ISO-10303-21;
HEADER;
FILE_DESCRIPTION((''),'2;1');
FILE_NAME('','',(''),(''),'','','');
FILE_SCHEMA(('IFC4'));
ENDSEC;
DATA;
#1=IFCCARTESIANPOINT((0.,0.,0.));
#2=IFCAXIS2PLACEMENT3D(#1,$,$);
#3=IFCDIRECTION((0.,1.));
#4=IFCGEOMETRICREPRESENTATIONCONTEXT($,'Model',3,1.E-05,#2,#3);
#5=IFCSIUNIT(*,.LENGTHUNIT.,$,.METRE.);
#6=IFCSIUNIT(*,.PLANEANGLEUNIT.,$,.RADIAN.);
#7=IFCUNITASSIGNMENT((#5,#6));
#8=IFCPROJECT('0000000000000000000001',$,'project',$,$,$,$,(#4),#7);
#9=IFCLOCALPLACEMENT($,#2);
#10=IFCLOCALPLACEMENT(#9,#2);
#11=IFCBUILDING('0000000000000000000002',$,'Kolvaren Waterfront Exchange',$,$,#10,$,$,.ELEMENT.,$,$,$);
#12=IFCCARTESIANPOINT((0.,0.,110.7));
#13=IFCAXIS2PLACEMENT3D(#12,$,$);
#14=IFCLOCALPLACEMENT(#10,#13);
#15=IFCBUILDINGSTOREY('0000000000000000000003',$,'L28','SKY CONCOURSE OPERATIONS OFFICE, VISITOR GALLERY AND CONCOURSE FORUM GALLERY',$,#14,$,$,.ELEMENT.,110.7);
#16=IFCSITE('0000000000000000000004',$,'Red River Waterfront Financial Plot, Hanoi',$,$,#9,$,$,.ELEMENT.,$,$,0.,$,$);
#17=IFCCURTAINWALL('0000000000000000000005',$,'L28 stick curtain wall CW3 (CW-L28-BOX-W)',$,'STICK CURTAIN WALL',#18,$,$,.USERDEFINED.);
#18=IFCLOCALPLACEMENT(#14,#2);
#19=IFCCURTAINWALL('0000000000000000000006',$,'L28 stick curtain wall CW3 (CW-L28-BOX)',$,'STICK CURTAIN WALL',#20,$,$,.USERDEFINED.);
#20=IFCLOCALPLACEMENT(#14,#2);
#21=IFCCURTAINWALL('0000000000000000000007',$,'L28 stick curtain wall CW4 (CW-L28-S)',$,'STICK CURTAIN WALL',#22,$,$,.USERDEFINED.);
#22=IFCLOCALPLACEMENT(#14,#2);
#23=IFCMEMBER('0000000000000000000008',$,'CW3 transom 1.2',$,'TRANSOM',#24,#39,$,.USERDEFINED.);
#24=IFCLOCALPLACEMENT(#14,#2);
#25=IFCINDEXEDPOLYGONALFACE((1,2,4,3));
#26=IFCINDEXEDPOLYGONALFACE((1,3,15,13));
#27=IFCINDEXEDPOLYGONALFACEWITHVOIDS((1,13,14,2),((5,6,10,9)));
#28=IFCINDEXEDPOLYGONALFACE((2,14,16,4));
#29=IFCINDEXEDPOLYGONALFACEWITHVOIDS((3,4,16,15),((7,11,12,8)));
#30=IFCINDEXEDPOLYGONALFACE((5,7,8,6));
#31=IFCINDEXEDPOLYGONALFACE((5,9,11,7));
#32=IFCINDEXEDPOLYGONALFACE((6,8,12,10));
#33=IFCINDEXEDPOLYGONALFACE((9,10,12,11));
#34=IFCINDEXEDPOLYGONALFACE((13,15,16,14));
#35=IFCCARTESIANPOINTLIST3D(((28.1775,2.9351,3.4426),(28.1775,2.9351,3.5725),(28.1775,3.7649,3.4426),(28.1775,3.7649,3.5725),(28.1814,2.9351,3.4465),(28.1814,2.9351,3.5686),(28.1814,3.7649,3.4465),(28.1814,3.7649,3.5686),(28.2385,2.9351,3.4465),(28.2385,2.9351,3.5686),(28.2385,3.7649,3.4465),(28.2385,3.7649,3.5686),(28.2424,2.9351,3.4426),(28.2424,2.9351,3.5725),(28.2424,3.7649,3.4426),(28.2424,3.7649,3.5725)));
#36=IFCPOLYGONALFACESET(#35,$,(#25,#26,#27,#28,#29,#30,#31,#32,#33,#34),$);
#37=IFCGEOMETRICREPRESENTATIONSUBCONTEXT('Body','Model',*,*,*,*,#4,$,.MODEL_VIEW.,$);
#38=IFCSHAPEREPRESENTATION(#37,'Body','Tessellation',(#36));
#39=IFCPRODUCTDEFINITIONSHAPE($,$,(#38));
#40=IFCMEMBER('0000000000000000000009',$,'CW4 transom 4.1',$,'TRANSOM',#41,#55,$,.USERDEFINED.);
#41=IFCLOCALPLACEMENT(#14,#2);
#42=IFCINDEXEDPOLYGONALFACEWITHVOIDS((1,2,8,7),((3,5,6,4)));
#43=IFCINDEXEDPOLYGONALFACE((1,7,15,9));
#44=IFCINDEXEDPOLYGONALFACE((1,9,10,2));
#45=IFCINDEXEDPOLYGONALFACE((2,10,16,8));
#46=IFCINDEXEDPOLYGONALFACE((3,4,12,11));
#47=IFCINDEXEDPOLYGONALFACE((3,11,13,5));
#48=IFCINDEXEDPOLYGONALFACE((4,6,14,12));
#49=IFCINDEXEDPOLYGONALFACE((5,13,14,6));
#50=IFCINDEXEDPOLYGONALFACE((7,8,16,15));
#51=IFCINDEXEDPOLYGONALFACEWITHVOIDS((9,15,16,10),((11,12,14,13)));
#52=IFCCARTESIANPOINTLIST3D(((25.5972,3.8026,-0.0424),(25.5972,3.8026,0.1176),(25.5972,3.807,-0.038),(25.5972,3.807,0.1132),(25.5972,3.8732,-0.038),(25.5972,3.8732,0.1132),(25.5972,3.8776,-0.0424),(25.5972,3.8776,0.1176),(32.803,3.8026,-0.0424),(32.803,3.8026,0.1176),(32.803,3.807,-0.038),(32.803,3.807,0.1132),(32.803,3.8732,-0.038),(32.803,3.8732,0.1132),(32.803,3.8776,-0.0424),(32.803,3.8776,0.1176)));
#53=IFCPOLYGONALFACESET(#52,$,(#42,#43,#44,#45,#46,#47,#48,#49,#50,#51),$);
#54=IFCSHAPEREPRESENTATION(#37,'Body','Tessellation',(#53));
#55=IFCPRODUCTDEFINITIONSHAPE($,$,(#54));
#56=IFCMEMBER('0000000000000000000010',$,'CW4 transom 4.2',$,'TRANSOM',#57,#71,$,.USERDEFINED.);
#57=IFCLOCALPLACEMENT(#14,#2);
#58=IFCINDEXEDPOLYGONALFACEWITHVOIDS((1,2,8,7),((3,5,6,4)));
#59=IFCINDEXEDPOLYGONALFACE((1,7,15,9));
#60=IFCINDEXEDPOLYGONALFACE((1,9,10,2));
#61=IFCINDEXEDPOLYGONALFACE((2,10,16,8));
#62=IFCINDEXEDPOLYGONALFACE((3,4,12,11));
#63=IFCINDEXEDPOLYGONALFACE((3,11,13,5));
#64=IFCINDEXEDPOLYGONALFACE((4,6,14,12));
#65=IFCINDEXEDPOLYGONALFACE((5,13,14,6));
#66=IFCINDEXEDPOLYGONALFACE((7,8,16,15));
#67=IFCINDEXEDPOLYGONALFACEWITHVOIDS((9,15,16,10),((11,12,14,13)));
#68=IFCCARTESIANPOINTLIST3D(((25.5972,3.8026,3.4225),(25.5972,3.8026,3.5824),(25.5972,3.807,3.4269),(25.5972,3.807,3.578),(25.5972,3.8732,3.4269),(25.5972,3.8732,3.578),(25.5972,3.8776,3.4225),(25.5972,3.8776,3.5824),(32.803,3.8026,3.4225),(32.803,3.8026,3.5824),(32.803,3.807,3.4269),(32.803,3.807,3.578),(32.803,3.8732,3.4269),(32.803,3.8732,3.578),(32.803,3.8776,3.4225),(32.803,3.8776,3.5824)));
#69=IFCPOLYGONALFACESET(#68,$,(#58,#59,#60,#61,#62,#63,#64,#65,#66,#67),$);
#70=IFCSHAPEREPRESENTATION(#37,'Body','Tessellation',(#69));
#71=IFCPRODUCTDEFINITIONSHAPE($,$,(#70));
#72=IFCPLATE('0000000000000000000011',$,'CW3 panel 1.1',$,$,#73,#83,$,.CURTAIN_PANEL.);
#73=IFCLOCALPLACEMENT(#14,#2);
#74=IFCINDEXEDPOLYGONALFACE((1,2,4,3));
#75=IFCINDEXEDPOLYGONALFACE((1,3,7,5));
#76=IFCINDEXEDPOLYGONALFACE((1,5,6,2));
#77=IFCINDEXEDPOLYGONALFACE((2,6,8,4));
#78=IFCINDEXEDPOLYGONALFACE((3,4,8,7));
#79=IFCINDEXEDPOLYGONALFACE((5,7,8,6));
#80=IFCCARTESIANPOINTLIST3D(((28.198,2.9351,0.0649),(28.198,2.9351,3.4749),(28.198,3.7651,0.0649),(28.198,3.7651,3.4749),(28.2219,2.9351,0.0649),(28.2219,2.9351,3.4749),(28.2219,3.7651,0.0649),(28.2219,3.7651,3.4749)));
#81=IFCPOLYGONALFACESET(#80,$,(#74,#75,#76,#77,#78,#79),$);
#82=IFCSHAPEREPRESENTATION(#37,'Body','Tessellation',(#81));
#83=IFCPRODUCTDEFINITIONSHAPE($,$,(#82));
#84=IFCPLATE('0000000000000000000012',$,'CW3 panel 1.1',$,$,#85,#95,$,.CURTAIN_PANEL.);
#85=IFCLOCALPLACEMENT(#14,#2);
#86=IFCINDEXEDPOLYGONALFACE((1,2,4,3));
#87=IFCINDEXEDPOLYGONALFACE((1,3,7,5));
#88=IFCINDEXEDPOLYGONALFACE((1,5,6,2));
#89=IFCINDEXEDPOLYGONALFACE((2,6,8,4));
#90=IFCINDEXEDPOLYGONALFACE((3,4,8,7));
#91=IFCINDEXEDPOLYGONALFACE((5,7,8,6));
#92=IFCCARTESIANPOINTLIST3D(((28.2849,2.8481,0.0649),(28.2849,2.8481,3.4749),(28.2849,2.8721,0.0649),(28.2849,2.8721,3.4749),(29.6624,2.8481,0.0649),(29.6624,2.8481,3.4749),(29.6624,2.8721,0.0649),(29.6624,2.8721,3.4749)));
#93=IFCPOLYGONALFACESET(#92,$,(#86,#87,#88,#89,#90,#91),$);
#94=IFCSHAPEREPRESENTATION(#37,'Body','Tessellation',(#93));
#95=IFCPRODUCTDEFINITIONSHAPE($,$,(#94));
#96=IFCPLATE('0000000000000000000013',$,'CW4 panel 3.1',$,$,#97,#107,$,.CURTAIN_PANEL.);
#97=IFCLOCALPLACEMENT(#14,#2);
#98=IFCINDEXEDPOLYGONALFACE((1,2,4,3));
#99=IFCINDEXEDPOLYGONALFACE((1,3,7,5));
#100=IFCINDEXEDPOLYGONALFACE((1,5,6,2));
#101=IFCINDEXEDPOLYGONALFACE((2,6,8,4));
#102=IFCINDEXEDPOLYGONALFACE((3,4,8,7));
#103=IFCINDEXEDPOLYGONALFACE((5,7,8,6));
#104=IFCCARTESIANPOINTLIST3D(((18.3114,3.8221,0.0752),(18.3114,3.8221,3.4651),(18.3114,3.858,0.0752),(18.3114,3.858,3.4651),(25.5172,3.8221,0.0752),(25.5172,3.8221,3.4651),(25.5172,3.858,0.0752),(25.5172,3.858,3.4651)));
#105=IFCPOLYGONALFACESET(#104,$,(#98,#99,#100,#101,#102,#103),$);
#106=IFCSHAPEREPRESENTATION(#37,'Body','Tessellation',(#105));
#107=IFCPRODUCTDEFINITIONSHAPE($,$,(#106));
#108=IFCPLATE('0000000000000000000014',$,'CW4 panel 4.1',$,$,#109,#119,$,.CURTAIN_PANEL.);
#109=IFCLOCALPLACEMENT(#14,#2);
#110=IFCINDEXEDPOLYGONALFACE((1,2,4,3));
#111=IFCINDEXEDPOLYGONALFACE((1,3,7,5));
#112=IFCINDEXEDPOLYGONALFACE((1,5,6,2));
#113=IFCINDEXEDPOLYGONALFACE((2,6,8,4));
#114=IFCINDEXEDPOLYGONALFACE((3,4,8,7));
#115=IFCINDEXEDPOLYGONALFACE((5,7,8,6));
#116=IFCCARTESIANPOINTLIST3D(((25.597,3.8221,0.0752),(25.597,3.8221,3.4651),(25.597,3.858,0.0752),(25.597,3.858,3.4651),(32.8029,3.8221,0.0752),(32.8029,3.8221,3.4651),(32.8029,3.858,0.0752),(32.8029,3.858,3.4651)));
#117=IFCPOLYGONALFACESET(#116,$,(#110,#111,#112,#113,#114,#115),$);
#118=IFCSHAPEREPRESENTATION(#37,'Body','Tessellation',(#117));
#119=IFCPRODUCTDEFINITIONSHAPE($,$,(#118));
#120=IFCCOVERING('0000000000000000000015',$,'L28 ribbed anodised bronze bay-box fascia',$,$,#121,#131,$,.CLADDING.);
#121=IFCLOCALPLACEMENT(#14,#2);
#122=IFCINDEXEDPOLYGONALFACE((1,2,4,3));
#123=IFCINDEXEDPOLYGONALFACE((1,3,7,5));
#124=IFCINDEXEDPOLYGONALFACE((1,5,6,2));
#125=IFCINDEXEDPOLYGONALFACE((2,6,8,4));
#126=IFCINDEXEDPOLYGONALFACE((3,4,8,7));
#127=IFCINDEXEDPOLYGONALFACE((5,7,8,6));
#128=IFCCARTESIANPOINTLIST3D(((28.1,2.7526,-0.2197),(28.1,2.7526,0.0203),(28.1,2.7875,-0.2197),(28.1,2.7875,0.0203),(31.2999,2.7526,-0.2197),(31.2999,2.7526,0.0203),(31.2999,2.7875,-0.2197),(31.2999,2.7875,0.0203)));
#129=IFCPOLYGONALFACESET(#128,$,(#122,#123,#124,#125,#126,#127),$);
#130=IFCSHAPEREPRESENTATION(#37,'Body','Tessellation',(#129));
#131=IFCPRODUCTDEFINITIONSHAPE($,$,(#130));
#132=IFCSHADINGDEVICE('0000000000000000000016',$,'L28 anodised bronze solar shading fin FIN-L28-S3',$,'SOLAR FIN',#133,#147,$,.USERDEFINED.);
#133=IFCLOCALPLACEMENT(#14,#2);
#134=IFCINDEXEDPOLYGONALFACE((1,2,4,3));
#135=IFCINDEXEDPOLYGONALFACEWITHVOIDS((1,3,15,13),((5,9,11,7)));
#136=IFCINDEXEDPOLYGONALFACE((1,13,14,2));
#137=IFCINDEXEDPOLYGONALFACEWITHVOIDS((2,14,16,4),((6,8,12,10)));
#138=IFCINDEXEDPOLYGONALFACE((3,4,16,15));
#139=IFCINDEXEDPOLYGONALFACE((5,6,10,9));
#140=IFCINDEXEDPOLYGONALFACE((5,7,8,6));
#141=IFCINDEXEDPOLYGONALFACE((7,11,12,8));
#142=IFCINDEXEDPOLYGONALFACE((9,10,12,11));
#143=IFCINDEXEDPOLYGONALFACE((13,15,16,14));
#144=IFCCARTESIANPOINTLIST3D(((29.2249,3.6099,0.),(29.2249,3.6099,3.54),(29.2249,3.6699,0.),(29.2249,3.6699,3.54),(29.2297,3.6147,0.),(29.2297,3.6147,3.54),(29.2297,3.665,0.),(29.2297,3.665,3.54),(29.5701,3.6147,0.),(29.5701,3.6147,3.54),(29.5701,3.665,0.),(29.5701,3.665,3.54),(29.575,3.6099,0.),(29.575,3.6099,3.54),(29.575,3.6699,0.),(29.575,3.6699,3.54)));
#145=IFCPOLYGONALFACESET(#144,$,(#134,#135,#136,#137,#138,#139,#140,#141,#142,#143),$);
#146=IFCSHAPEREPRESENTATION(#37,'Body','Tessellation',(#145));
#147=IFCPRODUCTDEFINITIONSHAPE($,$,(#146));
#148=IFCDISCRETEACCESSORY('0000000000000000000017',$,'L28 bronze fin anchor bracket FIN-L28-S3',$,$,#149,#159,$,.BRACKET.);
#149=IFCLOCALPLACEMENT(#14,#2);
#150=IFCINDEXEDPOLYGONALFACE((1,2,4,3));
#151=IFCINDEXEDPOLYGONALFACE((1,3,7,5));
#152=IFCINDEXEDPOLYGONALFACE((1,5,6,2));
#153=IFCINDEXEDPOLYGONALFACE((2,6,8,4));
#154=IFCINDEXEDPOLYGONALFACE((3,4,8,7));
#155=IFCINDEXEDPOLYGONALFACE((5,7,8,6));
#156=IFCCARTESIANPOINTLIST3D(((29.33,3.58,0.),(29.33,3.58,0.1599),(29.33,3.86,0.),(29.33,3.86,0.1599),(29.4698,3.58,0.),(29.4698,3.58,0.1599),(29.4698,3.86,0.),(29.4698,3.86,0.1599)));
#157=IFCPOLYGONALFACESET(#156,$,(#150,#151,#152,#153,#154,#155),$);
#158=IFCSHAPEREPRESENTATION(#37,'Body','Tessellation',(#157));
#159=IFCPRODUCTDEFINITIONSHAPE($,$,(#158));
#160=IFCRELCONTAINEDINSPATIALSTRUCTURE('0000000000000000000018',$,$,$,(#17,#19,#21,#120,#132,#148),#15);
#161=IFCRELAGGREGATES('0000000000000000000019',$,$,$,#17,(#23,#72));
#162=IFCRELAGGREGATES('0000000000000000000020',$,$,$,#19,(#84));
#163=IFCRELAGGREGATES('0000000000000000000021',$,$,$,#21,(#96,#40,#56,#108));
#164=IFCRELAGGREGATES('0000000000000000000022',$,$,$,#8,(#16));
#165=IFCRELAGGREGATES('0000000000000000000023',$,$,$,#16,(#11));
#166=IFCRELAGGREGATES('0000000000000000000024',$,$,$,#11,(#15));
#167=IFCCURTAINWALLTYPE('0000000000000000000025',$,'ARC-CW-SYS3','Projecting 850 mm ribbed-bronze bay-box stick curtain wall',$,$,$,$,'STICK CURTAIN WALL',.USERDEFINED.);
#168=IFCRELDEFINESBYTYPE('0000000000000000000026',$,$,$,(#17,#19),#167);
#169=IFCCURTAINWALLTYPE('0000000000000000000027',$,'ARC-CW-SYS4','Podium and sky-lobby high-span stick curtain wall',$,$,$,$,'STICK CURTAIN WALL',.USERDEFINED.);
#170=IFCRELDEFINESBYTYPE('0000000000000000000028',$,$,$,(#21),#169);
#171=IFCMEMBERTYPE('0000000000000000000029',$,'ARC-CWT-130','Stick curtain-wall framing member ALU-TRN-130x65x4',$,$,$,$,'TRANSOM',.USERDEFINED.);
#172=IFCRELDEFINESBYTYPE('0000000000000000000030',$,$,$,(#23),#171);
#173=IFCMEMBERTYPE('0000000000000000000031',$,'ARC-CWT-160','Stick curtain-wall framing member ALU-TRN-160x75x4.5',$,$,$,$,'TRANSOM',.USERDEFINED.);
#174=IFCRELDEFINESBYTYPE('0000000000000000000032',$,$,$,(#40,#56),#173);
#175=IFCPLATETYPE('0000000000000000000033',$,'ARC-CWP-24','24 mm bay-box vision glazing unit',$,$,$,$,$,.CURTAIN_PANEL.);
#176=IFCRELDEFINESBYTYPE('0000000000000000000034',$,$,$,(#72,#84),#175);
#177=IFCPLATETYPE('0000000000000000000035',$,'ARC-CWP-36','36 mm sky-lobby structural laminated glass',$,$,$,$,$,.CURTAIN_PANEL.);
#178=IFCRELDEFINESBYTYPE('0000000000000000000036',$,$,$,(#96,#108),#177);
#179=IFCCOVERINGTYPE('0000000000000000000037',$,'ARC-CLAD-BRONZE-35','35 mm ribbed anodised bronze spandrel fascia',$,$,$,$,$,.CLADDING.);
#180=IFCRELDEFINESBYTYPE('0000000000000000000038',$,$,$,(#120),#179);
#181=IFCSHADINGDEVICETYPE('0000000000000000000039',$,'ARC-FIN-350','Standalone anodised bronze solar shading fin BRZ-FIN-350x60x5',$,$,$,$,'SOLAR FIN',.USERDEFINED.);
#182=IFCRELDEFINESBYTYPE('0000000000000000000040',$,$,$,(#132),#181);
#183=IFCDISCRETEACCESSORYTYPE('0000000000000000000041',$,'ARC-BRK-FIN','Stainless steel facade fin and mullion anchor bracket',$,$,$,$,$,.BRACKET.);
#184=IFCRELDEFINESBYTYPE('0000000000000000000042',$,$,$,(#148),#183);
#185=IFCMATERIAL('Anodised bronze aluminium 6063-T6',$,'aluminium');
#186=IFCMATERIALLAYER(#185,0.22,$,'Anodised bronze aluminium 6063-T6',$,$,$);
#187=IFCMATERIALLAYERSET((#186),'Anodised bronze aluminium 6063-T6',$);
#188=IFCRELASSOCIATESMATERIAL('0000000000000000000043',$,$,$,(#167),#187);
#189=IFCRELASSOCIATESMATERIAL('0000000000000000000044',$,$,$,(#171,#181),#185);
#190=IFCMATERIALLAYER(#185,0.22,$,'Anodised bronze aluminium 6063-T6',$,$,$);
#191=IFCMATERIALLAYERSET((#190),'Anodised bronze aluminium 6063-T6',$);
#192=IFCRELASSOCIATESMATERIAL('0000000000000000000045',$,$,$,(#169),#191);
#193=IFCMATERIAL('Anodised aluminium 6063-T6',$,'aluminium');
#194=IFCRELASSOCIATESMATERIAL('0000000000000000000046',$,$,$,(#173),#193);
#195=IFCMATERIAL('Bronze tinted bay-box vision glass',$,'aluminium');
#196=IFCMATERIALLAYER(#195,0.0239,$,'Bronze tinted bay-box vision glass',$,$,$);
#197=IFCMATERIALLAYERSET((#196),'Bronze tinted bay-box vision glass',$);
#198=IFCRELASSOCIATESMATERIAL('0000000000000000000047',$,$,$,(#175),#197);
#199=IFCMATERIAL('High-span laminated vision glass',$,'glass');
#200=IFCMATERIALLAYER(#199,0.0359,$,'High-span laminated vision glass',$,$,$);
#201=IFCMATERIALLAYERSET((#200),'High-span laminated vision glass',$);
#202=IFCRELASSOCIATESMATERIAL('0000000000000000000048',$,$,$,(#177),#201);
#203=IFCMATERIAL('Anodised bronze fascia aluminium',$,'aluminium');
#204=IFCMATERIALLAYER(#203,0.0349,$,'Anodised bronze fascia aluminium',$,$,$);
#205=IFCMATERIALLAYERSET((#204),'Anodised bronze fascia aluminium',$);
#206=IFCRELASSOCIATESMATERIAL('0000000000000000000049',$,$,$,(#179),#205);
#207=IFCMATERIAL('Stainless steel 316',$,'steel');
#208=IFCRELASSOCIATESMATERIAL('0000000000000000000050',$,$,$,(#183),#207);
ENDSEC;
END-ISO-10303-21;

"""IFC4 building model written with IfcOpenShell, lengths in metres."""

from ifc_helpers import new_model, si_unit, direction, frame, origin, origin_with_axes, origin_2d, place, context, subcontext, project, spatial, rectangle, hollow_rectangle, extrude, source, transform, mapped, material, layer, layer_set, material_profile, profile_set, type_object, element, aggregate, save


model = new_model("IFC4")

# Units and contexts
model_context = context("Model", 3, precision=1e-05, world=origin(), true_north=direction((0.0, 1.0)))
body_context = subcontext(model_context, "Body", "Model", "MODEL_VIEW")
ifc_project = project(units=[si_unit("LENGTHUNIT", "METRE"), si_unit("PLANEANGLEUNIT", "RADIAN")], contexts=[model_context])

# Site, building, storey
site_placement = place(None, origin())
site = spatial("IfcSite", under=ifc_project, at=site_placement, Name="Red River Waterfront Financial Plot, Hanoi", CompositionType="ELEMENT", RefElevation=0.0)
building_placement = place(site_placement, origin())
building = spatial("IfcBuilding", under=site, at=building_placement, Name="Kolvaren Waterfront Exchange", CompositionType="ELEMENT")
storey_placement = place(building_placement, frame((0.0, 0.0, 110.7)))
storey = spatial("IfcBuildingStorey", under=building, at=storey_placement, Name="L28", Description="SKY CONCOURSE OPERATIONS OFFICE, VISITOR GALLERY AND CONCOURSE FORUM GALLERY", CompositionType="ELEMENT", Elevation=110.7)

# Curtain walls
ifc_material_1 = material(Name="Anodised bronze aluminium 6063-T6", Category="aluminium")
ifc_layer_1 = layer(ifc_material_1, 0.22, Name="Anodised bronze aluminium 6063-T6")
ifc_layer_set_1 = layer_set([ifc_layer_1], Name="Anodised bronze aluminium 6063-T6")
curtain_wall_type_1 = type_object("IfcCurtainWallType", Name="ARC-CW-SYS3", Description="Projecting 850 mm ribbed-bronze bay-box stick curtain wall", ElementType="STICK CURTAIN WALL", PredefinedType="USERDEFINED", material=ifc_layer_set_1)
curtain_wall_1_placement = place(storey_placement, origin())
curtain_wall_1 = element("IfcCurtainWall", 1, at=curtain_wall_1_placement, inside=storey, type_object=curtain_wall_type_1, Name="L28 stick curtain wall CW3 (CW-L28-BOX-W)", ObjectType="STICK CURTAIN WALL", PredefinedType="USERDEFINED")
curtain_wall_2_placement = place(storey_placement, origin())
curtain_wall_2 = element("IfcCurtainWall", 2, at=curtain_wall_2_placement, inside=storey, type_object=curtain_wall_type_1, Name="L28 stick curtain wall CW3 (CW-L28-BOX)", ObjectType="STICK CURTAIN WALL", PredefinedType="USERDEFINED")
ifc_material_profile_1 = material_profile(ifc_material_1, hollow_rectangle(XDim=0.0649, YDim=0.1299, WallThickness=0.0039, at=origin_2d()), Name="ALU-TRN-130x65x4")
ifc_profile_set_1 = profile_set([ifc_material_profile_1], Name="Anodised bronze aluminium 6063-T6")
member_type_1 = type_object("IfcMemberType", Name="ARC-CWT-130", Description="Stick curtain-wall framing member ALU-TRN-130x65x4", ElementType="TRANSOM", PredefinedType="USERDEFINED", material=ifc_profile_set_1)

# Curtain wall
ifc_layer_2 = layer(ifc_material_1, 0.22, Name="Anodised bronze aluminium 6063-T6")
ifc_layer_set_2 = layer_set([ifc_layer_2], Name="Anodised bronze aluminium 6063-T6")
curtain_wall_type_2 = type_object("IfcCurtainWallType", Name="ARC-CW-SYS4", Description="Podium and sky-lobby high-span stick curtain wall", ElementType="STICK CURTAIN WALL", PredefinedType="USERDEFINED", material=ifc_layer_set_2)
curtain_wall_3_placement = place(storey_placement, origin())
curtain_wall_3 = element("IfcCurtainWall", 3, at=curtain_wall_3_placement, inside=storey, type_object=curtain_wall_type_2, Name="L28 stick curtain wall CW4 (CW-L28-S)", ObjectType="STICK CURTAIN WALL", PredefinedType="USERDEFINED")
ifc_material_2 = material(Name="Anodised aluminium 6063-T6", Category="aluminium")

# Members
shared_shape_1 = source(origin_with_axes(), body_context, "Body", "SweptSolid", [
    extrude(hollow_rectangle(XDim=0.0649, YDim=0.1299, WallThickness=0.0039, at=origin_2d()), origin(), (0.0, 0.0, 1.0), 0.8298),
])
member_1_placement = place(storey_placement, frame((28.21, 3.7649, 3.5076), z_axis=(0.0, -1.0, 0.0), x_axis=(1.0, 0.0, 0.0)))
member_1 = element("IfcMember", 4, at=member_1_placement, type_object=member_type_1, Name="CW3 transom 1.2", ObjectType="TRANSOM", PredefinedType="USERDEFINED", context=body_context, shape_type="MappedRepresentation", body=[
    mapped(shared_shape_1, transform((0.0, 0.0, 0.0), x_axis=(1.0, 0.0, 0.0), y_axis=(0.0, 1.0, 0.0), z_axis=(0.0, 0.0, 1.0), scale=1.0)),
])
ifc_material_profile_2 = material_profile(ifc_material_2, hollow_rectangle(XDim=0.075, YDim=0.1599, WallThickness=0.0044, at=origin_2d()), Name="ALU-TRN-160x75x4.5")
ifc_profile_set_2 = profile_set([ifc_material_profile_2], Name="Anodised aluminium 6063-T6")
member_type_2 = type_object("IfcMemberType", Name="ARC-CWT-160", Description="Stick curtain-wall framing member ALU-TRN-160x75x4.5", ElementType="TRANSOM", PredefinedType="USERDEFINED", material=ifc_profile_set_2)
shared_shape_2 = source(origin_with_axes(), body_context, "Body", "SweptSolid", [
    extrude(hollow_rectangle(XDim=0.075, YDim=0.1599, WallThickness=0.0044, at=origin_2d()), origin(), (0.0, 0.0, 1.0), 7.2058),
])
member_2_placement = place(storey_placement, frame((25.5972, 3.8401, 0.0376), z_axis=(1.0, 0.0, 0.0), x_axis=(0.0, 1.0, 0.0)))
member_2 = element("IfcMember", 5, at=member_2_placement, type_object=member_type_2, Name="CW4 transom 4.1", ObjectType="TRANSOM", PredefinedType="USERDEFINED", context=body_context, shape_type="MappedRepresentation", body=[
    mapped(shared_shape_2, transform((0.0, 0.0, 0.0), x_axis=(1.0, 0.0, 0.0), y_axis=(0.0, 1.0, 0.0), z_axis=(0.0, 0.0, 1.0), scale=1.0)),
])
member_3_placement = place(storey_placement, frame((25.5972, 3.8401, 3.5024), z_axis=(1.0, 0.0, 0.0), x_axis=(0.0, 1.0, 0.0)))
member_3 = element("IfcMember", 6, at=member_3_placement, type_object=member_type_2, Name="CW4 transom 4.2", ObjectType="TRANSOM", PredefinedType="USERDEFINED", context=body_context, shape_type="MappedRepresentation", body=[
    mapped(shared_shape_2, transform((0.0, 0.0, 0.0), x_axis=(1.0, 0.0, 0.0), y_axis=(0.0, 1.0, 0.0), z_axis=(0.0, 0.0, 1.0), scale=1.0)),
])

# Plates
ifc_material_3 = material(Name="Bronze tinted bay-box vision glass", Category="aluminium")
ifc_layer_3 = layer(ifc_material_3, 0.0239, Name="Bronze tinted bay-box vision glass")
ifc_layer_set_3 = layer_set([ifc_layer_3], Name="Bronze tinted bay-box vision glass")
plate_type_1 = type_object("IfcPlateType", Name="ARC-CWP-24", Description="24 mm bay-box vision glazing unit", PredefinedType="CURTAIN_PANEL", material=ifc_layer_set_3)
shared_shape_3 = source(origin_with_axes(), body_context, "Body", "SweptSolid", [
    extrude(rectangle(XDim=0.8301, YDim=0.0239, at=origin_2d()), origin(), (0.0, 0.0, 1.0), 3.4099),
])
plate_1_placement = place(storey_placement, frame((28.21, 3.3501, 0.0649), z_axis=(0.0, 0.0, 1.0), x_axis=(0.0, -1.0, 0.0)))
plate_1 = element("IfcPlate", 7, at=plate_1_placement, type_object=plate_type_1, Name="CW3 panel 1.1", PredefinedType="CURTAIN_PANEL", context=body_context, shape_type="MappedRepresentation", body=[
    mapped(shared_shape_3, transform((0.0, 0.0, 0.0), x_axis=(1.0, 0.0, 0.0), y_axis=(0.0, 1.0, 0.0), z_axis=(0.0, 0.0, 1.0), scale=1.0)),
])
aggregate(curtain_wall_1, [member_1, plate_1])
shared_shape_4 = source(origin_with_axes(), body_context, "Body", "SweptSolid", [
    extrude(rectangle(XDim=1.3774, YDim=0.0239, at=origin_2d()), origin(), (0.0, 0.0, 1.0), 3.4099),
])
plate_2_placement = place(storey_placement, frame((28.9736, 2.8601, 0.0649), z_axis=(0.0, 0.0, 1.0), x_axis=(1.0, 0.0, 0.0)))
plate_2 = element("IfcPlate", 8, at=plate_2_placement, type_object=plate_type_1, Name="CW3 panel 1.1", PredefinedType="CURTAIN_PANEL", context=body_context, shape_type="MappedRepresentation", body=[
    mapped(shared_shape_4, transform((0.0, 0.0, 0.0), x_axis=(1.0, 0.0, 0.0), y_axis=(0.0, 1.0, 0.0), z_axis=(0.0, 0.0, 1.0), scale=1.0)),
])
aggregate(curtain_wall_2, [plate_2])
ifc_material_4 = material(Name="High-span laminated vision glass", Category="glass")
ifc_layer_4 = layer(ifc_material_4, 0.0359, Name="High-span laminated vision glass")
ifc_layer_set_4 = layer_set([ifc_layer_4], Name="High-span laminated vision glass")
plate_type_2 = type_object("IfcPlateType", Name="ARC-CWP-36", Description="36 mm sky-lobby structural laminated glass", PredefinedType="CURTAIN_PANEL", material=ifc_layer_set_4)
shared_shape_5 = source(origin_with_axes(), body_context, "Body", "SweptSolid", [
    extrude(rectangle(XDim=7.2058, YDim=0.0359, at=origin_2d()), origin(), (0.0, 0.0, 1.0), 3.3899),
])
plate_3_placement = place(storey_placement, frame((21.9143, 3.8401, 0.0752), z_axis=(0.0, 0.0, 1.0), x_axis=(1.0, 0.0, 0.0)))
plate_3 = element("IfcPlate", 9, at=plate_3_placement, type_object=plate_type_2, Name="CW4 panel 3.1", PredefinedType="CURTAIN_PANEL", context=body_context, shape_type="MappedRepresentation", body=[
    mapped(shared_shape_5, transform((0.0, 0.0, 0.0), x_axis=(1.0, 0.0, 0.0), y_axis=(0.0, 1.0, 0.0), z_axis=(0.0, 0.0, 1.0), scale=1.0)),
])
plate_4_placement = place(storey_placement, frame((29.2, 3.8401, 0.0752), z_axis=(0.0, 0.0, 1.0), x_axis=(1.0, 0.0, 0.0)))
plate_4 = element("IfcPlate", 10, at=plate_4_placement, type_object=plate_type_2, Name="CW4 panel 4.1", PredefinedType="CURTAIN_PANEL", context=body_context, shape_type="MappedRepresentation", body=[
    mapped(shared_shape_5, transform((0.0, 0.0, 0.0), x_axis=(1.0, 0.0, 0.0), y_axis=(0.0, 1.0, 0.0), z_axis=(0.0, 0.0, 1.0), scale=1.0)),
])
aggregate(curtain_wall_3, [plate_3, member_2, member_3, plate_4])

# Covering
ifc_material_5 = material(Name="Anodised bronze fascia aluminium", Category="aluminium")
ifc_layer_5 = layer(ifc_material_5, 0.0349, Name="Anodised bronze fascia aluminium")
ifc_layer_set_5 = layer_set([ifc_layer_5], Name="Anodised bronze fascia aluminium")
covering_type = type_object("IfcCoveringType", Name="ARC-CLAD-BRONZE-35", Description="35 mm ribbed anodised bronze spandrel fascia", PredefinedType="CLADDING", material=ifc_layer_set_5)
covering_placement = place(storey_placement, frame((29.7, 2.77, -0.2197), z_axis=(0.0, 0.0, 1.0), x_axis=(1.0, 0.0, 0.0)))
element("IfcCovering", 11, at=covering_placement, inside=storey, type_object=covering_type, Name="L28 ribbed anodised bronze bay-box fascia", PredefinedType="CLADDING", context=body_context, shape_type="SweptSolid", body=[
    extrude(rectangle(XDim=3.2, YDim=0.0349, at=origin_2d()), origin(), (0.0, 0.0, 1.0), 0.24),
])

# Shading device
ifc_material_profile_3 = material_profile(ifc_material_1, hollow_rectangle(XDim=0.0601, YDim=0.3501, WallThickness=0.0049, at=origin_2d()), Name="BRZ-FIN-350x60x5")
ifc_profile_set_3 = profile_set([ifc_material_profile_3], Name="Anodised bronze aluminium 6063-T6")
shading_device_type = type_object("IfcShadingDeviceType", Name="ARC-FIN-350", Description="Standalone anodised bronze solar shading fin BRZ-FIN-350x60x5", ElementType="SOLAR FIN", PredefinedType="USERDEFINED", material=ifc_profile_set_3)
shading_device_placement = place(storey_placement, frame((29.3999, 3.6399, 0.0), z_axis=(0.0, 0.0, 1.0), x_axis=(0.0, -1.0, 0.0)))
element("IfcShadingDevice", 12, at=shading_device_placement, inside=storey, type_object=shading_device_type, Name="L28 anodised bronze solar shading fin FIN-L28-S3", ObjectType="SOLAR FIN", PredefinedType="USERDEFINED", context=body_context, shape_type="SweptSolid", body=[
    extrude(hollow_rectangle(XDim=0.0601, YDim=0.3501, WallThickness=0.0049, at=origin_2d()), origin(), (0.0, 0.0, 1.0), 3.54),
])

# Discrete accessory
ifc_material_6 = material(Name="Stainless steel 316", Category="steel")
discrete_accessory_type = type_object("IfcDiscreteAccessoryType", Name="ARC-BRK-FIN", Description="Stainless steel facade fin and mullion anchor bracket", PredefinedType="BRACKET", material=ifc_material_6)
shared_shape_6 = source(origin_with_axes(), body_context, "Body", "SweptSolid", [
    extrude(rectangle(XDim=0.28, YDim=0.1399, at=origin_2d()), origin(), (0.0, 0.0, 1.0), 0.1599),
])
discrete_accessory_placement = place(storey_placement, frame((29.3999, 3.72, 0.0), z_axis=(0.0, 0.0, 1.0), x_axis=(0.0, -1.0, 0.0)))
element("IfcDiscreteAccessory", 13, at=discrete_accessory_placement, inside=storey, type_object=discrete_accessory_type, Name="L28 bronze fin anchor bracket FIN-L28-S3", PredefinedType="BRACKET", context=body_context, shape_type="MappedRepresentation", body=[
    mapped(shared_shape_6, transform((0.0, 0.0, 0.0), x_axis=(1.0, 0.0, 0.0), y_axis=(0.0, 1.0, 0.0), z_axis=(0.0, 0.0, 1.0), scale=1.0)),
])

save(model, "model.ifc")
